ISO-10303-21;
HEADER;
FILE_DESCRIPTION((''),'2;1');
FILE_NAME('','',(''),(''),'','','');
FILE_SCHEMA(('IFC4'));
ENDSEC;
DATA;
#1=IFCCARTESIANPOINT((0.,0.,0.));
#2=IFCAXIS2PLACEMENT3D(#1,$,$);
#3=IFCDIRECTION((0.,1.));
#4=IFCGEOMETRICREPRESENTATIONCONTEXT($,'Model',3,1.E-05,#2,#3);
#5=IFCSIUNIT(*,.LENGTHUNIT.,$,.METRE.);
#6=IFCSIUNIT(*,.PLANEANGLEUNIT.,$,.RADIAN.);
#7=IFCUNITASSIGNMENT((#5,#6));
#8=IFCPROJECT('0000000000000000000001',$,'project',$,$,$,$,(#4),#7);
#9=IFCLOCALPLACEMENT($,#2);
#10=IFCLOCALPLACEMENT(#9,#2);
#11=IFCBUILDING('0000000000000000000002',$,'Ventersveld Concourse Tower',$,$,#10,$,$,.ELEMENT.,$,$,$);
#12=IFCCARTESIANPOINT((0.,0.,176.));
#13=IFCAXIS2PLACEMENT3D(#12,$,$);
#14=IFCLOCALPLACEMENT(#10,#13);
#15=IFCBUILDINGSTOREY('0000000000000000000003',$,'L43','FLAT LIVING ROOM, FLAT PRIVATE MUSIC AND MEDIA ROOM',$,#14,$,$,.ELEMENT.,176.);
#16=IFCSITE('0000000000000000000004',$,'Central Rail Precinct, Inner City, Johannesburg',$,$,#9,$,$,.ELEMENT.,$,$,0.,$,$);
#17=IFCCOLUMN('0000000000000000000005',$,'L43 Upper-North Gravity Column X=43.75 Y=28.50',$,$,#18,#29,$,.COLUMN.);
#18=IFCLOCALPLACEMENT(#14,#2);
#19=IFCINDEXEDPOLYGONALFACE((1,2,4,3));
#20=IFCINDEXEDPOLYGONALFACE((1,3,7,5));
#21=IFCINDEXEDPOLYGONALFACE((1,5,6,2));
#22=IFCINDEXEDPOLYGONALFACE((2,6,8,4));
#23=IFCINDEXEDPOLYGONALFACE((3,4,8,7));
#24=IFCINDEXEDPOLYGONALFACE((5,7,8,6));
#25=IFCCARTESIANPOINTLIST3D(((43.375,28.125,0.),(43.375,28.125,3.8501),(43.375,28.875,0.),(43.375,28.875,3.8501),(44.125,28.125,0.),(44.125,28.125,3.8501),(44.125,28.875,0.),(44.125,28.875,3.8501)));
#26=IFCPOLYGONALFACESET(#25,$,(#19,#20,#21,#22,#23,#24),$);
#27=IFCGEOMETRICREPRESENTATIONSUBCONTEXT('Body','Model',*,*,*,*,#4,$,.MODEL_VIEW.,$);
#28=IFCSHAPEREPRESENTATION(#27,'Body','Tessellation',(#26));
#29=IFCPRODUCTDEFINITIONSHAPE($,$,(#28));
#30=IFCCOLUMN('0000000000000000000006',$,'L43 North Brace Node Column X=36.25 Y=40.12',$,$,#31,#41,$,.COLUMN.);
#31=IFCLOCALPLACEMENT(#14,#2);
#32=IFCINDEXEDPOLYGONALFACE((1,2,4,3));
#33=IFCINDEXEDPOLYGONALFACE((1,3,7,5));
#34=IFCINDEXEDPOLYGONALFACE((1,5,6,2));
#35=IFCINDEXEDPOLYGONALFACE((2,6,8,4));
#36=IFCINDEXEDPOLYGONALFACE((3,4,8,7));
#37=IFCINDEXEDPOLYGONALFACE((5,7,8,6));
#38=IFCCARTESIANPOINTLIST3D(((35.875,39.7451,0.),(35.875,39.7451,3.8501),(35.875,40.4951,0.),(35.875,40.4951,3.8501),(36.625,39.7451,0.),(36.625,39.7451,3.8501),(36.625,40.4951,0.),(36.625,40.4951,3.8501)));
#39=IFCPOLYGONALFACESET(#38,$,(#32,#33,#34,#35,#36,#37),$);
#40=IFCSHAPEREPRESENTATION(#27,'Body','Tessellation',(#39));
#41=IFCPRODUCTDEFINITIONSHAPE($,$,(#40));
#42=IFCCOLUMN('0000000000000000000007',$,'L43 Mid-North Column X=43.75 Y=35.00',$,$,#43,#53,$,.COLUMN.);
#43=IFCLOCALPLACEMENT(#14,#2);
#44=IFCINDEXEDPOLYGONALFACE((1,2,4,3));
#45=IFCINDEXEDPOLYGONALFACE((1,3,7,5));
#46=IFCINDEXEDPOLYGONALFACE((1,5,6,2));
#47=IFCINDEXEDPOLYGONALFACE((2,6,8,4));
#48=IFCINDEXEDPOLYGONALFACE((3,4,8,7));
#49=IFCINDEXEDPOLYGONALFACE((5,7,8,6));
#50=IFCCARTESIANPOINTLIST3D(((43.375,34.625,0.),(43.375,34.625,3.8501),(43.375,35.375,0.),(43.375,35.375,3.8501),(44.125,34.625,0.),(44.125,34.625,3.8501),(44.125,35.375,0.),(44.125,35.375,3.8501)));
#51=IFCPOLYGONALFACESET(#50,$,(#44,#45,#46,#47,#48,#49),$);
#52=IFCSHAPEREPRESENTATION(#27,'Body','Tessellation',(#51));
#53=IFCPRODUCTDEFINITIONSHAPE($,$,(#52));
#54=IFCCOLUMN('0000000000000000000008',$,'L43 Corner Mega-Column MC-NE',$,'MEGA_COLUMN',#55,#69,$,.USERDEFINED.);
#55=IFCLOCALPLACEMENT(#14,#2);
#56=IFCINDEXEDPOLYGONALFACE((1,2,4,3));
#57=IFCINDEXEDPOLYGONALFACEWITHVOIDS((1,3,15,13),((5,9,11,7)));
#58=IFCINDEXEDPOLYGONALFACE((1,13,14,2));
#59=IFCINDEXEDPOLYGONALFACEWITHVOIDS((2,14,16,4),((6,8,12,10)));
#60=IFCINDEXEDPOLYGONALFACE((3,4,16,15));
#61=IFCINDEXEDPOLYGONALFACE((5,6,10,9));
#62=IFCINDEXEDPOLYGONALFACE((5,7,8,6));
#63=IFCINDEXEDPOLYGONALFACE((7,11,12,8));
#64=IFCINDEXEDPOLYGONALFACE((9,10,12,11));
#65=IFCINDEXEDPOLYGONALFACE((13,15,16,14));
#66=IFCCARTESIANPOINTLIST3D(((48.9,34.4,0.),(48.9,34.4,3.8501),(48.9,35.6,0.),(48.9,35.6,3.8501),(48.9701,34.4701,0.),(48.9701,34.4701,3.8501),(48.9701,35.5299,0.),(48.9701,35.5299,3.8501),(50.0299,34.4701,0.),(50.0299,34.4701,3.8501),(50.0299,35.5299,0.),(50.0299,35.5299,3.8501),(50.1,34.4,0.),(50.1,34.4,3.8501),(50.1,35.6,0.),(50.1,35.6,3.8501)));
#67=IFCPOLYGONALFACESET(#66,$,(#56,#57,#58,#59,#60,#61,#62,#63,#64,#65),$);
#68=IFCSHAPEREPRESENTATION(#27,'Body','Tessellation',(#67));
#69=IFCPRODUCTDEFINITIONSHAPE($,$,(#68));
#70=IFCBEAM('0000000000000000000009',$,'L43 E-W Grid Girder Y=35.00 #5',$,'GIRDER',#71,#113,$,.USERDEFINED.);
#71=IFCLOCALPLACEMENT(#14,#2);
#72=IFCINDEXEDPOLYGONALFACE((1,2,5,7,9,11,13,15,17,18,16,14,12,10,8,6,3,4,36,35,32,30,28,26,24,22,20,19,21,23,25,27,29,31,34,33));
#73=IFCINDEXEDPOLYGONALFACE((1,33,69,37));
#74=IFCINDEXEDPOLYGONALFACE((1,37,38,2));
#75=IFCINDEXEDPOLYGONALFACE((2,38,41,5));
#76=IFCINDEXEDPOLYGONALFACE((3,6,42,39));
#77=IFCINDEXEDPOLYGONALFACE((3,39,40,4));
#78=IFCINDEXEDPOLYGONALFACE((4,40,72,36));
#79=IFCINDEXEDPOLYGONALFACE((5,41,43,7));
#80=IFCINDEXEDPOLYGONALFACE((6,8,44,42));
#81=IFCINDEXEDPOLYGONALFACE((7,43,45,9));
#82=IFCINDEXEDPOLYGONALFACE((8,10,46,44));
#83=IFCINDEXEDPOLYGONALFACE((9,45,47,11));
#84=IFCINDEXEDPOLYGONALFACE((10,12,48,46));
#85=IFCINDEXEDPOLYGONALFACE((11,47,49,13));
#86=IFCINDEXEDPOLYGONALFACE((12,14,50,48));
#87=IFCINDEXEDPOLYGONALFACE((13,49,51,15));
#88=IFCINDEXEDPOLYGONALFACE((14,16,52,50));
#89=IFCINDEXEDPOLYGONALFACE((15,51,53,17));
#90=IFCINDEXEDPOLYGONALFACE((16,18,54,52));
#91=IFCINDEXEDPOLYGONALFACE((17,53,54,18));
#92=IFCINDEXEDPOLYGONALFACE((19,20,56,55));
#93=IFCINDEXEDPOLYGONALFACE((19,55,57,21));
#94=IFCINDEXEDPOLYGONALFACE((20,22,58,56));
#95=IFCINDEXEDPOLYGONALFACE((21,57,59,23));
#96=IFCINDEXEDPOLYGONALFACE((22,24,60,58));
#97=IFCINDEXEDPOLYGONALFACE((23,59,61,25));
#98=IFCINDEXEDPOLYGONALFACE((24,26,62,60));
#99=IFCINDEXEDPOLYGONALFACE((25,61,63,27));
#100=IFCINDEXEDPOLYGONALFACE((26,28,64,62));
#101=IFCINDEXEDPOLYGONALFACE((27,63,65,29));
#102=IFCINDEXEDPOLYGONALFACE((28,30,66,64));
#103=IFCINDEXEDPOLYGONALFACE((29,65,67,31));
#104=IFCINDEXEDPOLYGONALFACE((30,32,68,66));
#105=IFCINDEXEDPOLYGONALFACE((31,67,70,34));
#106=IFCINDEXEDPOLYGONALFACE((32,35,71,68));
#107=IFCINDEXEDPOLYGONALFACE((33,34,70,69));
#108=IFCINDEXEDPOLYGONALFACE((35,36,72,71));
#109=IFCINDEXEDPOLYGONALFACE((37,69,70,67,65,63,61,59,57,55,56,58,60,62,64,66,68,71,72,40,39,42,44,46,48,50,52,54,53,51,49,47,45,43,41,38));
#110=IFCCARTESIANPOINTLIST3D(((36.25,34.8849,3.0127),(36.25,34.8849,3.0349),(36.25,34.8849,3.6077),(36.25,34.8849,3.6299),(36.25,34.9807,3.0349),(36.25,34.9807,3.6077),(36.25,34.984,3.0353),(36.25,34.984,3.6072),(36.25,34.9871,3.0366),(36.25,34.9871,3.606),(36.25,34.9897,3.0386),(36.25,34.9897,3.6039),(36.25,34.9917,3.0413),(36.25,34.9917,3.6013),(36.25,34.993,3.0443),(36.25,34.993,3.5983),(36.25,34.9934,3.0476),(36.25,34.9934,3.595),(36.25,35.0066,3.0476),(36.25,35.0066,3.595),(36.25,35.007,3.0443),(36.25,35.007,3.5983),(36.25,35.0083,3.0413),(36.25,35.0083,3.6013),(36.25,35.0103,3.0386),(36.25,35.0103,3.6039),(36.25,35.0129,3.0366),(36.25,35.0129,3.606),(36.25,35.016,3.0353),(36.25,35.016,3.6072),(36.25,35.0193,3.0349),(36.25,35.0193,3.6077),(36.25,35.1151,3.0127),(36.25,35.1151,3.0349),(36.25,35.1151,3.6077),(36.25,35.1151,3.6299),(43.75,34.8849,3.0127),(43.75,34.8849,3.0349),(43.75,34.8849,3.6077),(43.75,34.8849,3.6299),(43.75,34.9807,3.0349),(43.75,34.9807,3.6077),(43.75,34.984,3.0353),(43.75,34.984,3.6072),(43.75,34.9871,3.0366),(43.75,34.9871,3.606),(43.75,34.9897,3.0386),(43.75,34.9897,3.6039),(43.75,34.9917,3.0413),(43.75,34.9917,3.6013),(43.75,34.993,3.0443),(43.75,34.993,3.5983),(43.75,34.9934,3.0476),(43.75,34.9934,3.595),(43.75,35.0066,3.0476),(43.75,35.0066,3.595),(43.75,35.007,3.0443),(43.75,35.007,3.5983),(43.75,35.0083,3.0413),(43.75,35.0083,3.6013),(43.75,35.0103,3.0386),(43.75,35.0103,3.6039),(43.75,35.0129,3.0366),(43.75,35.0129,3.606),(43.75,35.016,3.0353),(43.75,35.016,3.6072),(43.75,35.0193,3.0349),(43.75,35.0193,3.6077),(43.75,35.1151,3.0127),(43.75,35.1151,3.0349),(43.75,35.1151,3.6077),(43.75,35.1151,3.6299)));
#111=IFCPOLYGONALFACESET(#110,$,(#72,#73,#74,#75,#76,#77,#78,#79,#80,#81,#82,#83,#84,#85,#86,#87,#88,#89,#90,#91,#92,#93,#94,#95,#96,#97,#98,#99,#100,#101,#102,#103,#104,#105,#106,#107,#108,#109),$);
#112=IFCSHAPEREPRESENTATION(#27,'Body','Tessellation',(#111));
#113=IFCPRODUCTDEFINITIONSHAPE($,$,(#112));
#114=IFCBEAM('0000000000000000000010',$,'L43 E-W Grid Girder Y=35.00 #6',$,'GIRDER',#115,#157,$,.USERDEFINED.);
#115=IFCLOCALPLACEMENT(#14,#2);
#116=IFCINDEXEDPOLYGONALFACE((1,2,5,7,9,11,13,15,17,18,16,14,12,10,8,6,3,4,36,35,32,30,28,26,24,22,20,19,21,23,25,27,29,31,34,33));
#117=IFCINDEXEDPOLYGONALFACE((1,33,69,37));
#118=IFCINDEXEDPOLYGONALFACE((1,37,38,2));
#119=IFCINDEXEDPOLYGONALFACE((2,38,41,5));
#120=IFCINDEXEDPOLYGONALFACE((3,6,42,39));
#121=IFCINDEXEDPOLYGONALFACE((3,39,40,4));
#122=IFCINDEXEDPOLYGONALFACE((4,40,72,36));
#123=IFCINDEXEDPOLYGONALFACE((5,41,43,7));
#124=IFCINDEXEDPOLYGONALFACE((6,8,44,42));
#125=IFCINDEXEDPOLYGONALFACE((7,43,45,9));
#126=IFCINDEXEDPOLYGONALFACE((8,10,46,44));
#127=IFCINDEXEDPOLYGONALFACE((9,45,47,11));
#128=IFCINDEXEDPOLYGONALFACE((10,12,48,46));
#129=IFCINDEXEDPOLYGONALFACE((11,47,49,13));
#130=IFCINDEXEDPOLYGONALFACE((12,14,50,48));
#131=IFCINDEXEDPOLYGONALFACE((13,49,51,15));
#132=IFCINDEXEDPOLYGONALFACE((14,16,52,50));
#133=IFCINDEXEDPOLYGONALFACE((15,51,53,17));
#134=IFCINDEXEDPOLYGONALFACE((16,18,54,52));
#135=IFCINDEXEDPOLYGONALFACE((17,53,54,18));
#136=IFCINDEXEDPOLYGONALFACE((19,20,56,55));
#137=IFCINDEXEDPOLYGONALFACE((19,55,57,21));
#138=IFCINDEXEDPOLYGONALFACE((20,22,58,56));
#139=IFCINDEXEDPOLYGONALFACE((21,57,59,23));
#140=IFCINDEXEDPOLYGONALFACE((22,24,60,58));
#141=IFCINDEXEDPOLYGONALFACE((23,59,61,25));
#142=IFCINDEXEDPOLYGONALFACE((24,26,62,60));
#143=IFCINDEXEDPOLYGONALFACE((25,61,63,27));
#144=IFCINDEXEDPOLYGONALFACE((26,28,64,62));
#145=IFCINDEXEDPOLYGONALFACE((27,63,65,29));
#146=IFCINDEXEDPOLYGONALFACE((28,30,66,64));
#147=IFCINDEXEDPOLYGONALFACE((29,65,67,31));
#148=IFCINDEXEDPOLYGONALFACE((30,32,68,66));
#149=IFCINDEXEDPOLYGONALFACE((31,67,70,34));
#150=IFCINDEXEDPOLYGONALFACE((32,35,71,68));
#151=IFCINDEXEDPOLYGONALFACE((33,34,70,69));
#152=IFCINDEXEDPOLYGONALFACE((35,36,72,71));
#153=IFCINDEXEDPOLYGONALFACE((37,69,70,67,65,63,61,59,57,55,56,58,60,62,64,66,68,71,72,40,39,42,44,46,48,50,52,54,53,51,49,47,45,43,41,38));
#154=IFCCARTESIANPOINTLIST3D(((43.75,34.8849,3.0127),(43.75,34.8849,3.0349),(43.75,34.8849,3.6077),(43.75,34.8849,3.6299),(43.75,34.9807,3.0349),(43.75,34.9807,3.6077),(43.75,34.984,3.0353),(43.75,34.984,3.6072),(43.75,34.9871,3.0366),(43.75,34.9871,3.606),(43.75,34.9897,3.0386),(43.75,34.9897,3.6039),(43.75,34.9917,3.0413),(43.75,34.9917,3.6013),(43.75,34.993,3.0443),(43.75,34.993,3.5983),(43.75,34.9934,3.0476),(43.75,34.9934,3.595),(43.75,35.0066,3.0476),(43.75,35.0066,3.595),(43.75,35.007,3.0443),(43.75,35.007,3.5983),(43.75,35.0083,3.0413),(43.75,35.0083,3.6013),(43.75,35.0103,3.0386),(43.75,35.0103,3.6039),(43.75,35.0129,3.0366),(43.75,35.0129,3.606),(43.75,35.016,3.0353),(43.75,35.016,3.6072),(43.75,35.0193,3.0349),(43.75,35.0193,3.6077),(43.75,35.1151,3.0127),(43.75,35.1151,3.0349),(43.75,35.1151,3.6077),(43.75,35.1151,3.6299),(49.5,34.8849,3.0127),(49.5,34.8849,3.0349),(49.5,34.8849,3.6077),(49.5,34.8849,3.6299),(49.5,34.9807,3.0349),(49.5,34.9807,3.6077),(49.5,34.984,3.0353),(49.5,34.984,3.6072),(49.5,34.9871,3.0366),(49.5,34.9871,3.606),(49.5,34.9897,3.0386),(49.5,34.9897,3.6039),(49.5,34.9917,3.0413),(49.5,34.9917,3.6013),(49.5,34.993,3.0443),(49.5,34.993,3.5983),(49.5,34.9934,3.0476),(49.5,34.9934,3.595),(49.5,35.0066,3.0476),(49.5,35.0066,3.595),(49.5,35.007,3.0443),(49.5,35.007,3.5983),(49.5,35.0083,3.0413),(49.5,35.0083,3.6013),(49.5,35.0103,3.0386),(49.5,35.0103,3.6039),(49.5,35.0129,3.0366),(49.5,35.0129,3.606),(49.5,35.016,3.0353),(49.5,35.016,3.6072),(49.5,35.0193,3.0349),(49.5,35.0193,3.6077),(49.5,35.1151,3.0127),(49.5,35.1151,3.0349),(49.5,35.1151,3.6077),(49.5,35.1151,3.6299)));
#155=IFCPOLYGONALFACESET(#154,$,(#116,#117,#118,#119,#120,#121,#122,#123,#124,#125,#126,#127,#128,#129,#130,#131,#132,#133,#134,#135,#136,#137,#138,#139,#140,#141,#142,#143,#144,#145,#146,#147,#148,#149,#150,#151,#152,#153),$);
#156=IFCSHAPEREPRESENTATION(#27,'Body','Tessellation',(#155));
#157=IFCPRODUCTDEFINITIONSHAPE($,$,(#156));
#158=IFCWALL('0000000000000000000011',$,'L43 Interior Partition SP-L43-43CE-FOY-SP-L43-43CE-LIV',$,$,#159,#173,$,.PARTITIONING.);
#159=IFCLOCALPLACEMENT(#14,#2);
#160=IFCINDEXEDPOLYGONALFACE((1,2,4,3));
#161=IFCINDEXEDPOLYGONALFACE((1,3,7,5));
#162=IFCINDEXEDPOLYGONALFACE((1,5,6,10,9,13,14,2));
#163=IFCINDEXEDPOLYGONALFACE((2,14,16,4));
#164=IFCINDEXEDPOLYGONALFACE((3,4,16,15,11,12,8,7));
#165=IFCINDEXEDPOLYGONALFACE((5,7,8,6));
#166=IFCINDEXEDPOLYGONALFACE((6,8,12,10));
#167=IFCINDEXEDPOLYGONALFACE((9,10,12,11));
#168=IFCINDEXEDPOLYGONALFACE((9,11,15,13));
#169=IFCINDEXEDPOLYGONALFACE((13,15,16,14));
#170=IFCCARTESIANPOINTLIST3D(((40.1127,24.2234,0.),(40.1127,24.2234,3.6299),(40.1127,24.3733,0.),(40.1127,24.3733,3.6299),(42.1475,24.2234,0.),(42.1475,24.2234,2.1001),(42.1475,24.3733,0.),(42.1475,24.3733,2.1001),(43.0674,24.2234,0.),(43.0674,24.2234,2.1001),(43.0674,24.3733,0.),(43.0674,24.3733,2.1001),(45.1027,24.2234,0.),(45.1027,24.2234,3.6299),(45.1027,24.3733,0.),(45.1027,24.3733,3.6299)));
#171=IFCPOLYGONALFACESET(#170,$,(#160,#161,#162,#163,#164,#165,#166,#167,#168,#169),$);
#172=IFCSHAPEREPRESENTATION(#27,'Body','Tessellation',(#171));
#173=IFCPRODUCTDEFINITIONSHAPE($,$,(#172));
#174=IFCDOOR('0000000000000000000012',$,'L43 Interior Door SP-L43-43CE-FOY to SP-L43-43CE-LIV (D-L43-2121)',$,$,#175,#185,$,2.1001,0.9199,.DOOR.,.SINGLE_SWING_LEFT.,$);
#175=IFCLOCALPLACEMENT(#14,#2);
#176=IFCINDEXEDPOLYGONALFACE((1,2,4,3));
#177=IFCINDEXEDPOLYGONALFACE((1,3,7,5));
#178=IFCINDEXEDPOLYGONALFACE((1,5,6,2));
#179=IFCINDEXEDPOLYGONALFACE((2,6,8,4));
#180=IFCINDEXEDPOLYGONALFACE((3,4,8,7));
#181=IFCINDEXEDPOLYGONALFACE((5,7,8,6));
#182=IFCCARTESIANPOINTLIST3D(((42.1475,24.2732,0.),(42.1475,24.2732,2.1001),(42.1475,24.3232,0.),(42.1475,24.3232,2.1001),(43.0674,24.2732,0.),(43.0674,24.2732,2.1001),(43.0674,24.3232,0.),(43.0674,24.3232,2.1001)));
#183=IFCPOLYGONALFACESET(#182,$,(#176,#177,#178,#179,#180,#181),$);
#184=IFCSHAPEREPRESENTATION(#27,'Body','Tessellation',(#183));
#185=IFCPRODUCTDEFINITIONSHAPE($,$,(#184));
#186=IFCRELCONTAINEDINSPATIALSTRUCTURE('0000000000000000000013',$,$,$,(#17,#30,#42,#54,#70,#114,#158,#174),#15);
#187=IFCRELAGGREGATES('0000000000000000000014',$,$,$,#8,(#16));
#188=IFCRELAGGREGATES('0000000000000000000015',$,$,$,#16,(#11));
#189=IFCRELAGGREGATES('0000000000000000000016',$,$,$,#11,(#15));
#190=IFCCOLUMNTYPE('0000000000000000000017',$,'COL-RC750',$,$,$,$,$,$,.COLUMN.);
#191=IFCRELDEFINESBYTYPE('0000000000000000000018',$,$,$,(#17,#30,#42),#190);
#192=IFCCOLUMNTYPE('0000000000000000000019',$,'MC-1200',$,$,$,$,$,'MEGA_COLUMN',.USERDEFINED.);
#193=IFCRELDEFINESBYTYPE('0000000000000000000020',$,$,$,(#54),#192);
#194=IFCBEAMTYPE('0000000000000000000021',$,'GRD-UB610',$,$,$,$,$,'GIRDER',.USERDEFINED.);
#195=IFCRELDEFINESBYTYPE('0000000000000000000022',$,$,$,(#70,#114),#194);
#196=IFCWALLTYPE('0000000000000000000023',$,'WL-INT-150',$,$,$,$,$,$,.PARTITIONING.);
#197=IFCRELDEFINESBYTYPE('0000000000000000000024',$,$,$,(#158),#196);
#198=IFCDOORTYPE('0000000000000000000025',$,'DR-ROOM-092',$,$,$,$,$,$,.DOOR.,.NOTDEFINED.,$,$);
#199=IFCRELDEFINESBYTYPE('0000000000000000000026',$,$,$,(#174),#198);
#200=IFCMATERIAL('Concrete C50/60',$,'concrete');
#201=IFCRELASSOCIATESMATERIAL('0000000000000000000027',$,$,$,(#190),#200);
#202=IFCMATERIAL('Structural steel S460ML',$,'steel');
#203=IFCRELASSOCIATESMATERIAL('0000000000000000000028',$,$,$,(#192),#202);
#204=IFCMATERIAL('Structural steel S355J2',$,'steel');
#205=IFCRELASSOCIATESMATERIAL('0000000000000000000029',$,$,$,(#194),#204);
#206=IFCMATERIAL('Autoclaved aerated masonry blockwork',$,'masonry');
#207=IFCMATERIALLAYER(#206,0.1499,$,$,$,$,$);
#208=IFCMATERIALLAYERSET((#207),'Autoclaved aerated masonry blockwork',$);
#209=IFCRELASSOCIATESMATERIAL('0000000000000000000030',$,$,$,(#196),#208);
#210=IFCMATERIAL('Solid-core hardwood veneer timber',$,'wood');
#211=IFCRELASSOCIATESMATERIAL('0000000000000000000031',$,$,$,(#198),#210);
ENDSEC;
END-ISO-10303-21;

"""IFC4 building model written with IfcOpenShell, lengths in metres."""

from ifc_helpers import new_model, si_unit, direction, frame, frame_2d, origin, origin_2d, place, context, subcontext, project, spatial, rectangle, hollow_rectangle, i_section, extrude, material, layer, layer_set, material_profile, profile_set, type_object, element, fill, save


model = new_model("IFC4")

# Units and contexts
model_context = context("Model", 3, precision=1e-05, world=origin(), true_north=direction((0.0, 1.0)))
body_context = subcontext(model_context, "Body", "Model", "MODEL_VIEW")
ifc_project = project(units=[si_unit("LENGTHUNIT", "METRE"), si_unit("PLANEANGLEUNIT", "RADIAN")], contexts=[model_context])

# Site, building, storey
site_placement = place(None, origin())
site = spatial("IfcSite", under=ifc_project, at=site_placement, Name="Central Rail Precinct, Inner City, Johannesburg", CompositionType="ELEMENT", RefElevation=0.0)
building_placement = place(site_placement, origin())
building = spatial("IfcBuilding", under=site, at=building_placement, Name="Ventersveld Concourse Tower", CompositionType="ELEMENT")
storey_placement = place(building_placement, frame((0.0, 0.0, 176.0)))
storey = spatial("IfcBuildingStorey", under=building, at=storey_placement, Name="L43", Description="FLAT LIVING ROOM, FLAT PRIVATE MUSIC AND MEDIA ROOM", CompositionType="ELEMENT", Elevation=176.0)

# Columns
ifc_material_1 = material(Name="Concrete C50/60", Category="concrete")
ifc_material_profile_1 = material_profile(ifc_material_1, rectangle(XDim=0.75, YDim=0.75, at=origin_2d()), Name="RC 750x750")
ifc_profile_set_1 = profile_set([ifc_material_profile_1], Name="Concrete C50/60")
column_type_1 = type_object("IfcColumnType", Name="COL-RC750", PredefinedType="COLUMN", material=ifc_profile_set_1)
for number, where, z_axis, x_axis, name in (
    (1, (43.75, 28.5, 0.0), (0.0, 0.0, 1.0), (1.0, 0.0, 0.0), "L43 Upper-North Gravity Column X=43.75 Y=28.50"),
    (2, (36.25, 40.1201, 0.0), (0.0, 0.0, 1.0), (1.0, 0.0, 0.0), "L43 North Brace Node Column X=36.25 Y=40.12"),
    (3, (43.75, 35.0, 0.0), (0.0, 0.0, 1.0), (1.0, 0.0, 0.0), "L43 Mid-North Column X=43.75 Y=35.00"),
):
    element("IfcColumn", number, at=place(storey_placement, frame(where, z_axis=z_axis, x_axis=x_axis)), inside=storey, type_object=column_type_1, Name=name, PredefinedType="COLUMN", context=body_context, shape_type="SweptSolid", body=[
        extrude(rectangle(XDim=0.75, YDim=0.75, at=origin_2d()), origin(), (0.0, 0.0, 1.0), 3.8501),
    ])
ifc_material_2 = material(Name="Structural steel S460ML", Category="steel")
ifc_material_profile_2 = material_profile(ifc_material_2, hollow_rectangle(XDim=1.2, YDim=1.2, WallThickness=0.0701, at=origin_2d()), Name="BOX 1200x1200x70")
ifc_profile_set_2 = profile_set([ifc_material_profile_2], Name="Structural steel S460ML")
column_type_2 = type_object("IfcColumnType", Name="MC-1200", ElementType="MEGA_COLUMN", PredefinedType="USERDEFINED", material=ifc_profile_set_2)
column_placement = place(storey_placement, frame((49.5, 35.0, 0.0), z_axis=(0.0, 0.0, 1.0), x_axis=(1.0, 0.0, 0.0)))
element("IfcColumn", 4, at=column_placement, inside=storey, type_object=column_type_2, Name="L43 Corner Mega-Column MC-NE", ObjectType="MEGA_COLUMN", PredefinedType="USERDEFINED", context=body_context, shape_type="SweptSolid", body=[
    extrude(hollow_rectangle(XDim=1.2, YDim=1.2, WallThickness=0.0701, at=origin_2d()), origin(), (0.0, 0.0, 1.0), 3.8501),
])

# Beams
ifc_material_3 = material(Name="Structural steel S355J2", Category="steel")
ifc_material_profile_3 = material_profile(ifc_material_3, i_section(OverallWidth=0.2302, OverallDepth=0.6172, WebThickness=0.0132, FlangeThickness=0.0222, FilletRadius=0.0127, at=origin_2d()), Name="UB 610x229x140")
ifc_profile_set_3 = profile_set([ifc_material_profile_3], Name="Structural steel S355J2")
beam_type = type_object("IfcBeamType", Name="GRD-UB610", ElementType="GIRDER", PredefinedType="USERDEFINED", material=ifc_profile_set_3)
beam_1_placement = place(storey_placement, frame((36.25, 35.0, 3.3213), z_axis=(1.0, 0.0, 0.0), x_axis=(0.0, 1.0, 0.0)))
element("IfcBeam", 5, at=beam_1_placement, inside=storey, type_object=beam_type, Name="L43 E-W Grid Girder Y=35.00 #5", ObjectType="GIRDER", PredefinedType="USERDEFINED", context=body_context, shape_type="SweptSolid", body=[
    extrude(i_section(OverallWidth=0.2302, OverallDepth=0.6172, WebThickness=0.0132, FlangeThickness=0.0222, FilletRadius=0.0127, at=origin_2d()), origin(), (0.0, 0.0, 1.0), 7.5),
])
beam_2_placement = place(storey_placement, frame((43.75, 35.0, 3.3213), z_axis=(1.0, 0.0, 0.0), x_axis=(0.0, 1.0, 0.0)))
element("IfcBeam", 6, at=beam_2_placement, inside=storey, type_object=beam_type, Name="L43 E-W Grid Girder Y=35.00 #6", ObjectType="GIRDER", PredefinedType="USERDEFINED", context=body_context, shape_type="SweptSolid", body=[
    extrude(i_section(OverallWidth=0.2302, OverallDepth=0.6172, WebThickness=0.0132, FlangeThickness=0.0222, FilletRadius=0.0127, at=origin_2d()), origin(), (0.0, 0.0, 1.0), 5.75),
])

# Wall, opening, door
ifc_material_4 = material(Name="Autoclaved aerated masonry blockwork", Category="masonry")
ifc_layer_1 = layer(ifc_material_4, 0.1499)
ifc_layer_set_1 = layer_set([ifc_layer_1], Name="Autoclaved aerated masonry blockwork")
wall_type_1 = type_object("IfcWallType", Name="WL-INT-150", PredefinedType="PARTITIONING", material=ifc_layer_set_1)
wall_1_placement = place(storey_placement, frame((40.1125, 24.2983, 0.0), z_axis=(0.0, 0.0, 1.0), x_axis=(1.0, 0.0, 0.0)))
wall_1 = element("IfcWall", 7, at=wall_1_placement, inside=storey, type_object=wall_type_1, Name="L43 Interior Partition SP-L43-43CE-FOY-SP-L43-43CE-LIV", PredefinedType="PARTITIONING", context=body_context, shape_type="SweptSolid", body=[
    extrude(rectangle(XDim=4.99, YDim=0.1499, at=frame_2d((2.4951, 0.0))), origin(), (0.0, 0.0, 1.0), 3.6299),
])
opening_1_placement = place(wall_1_placement, frame((2.0349, 0.0, 0.0)))
opening_1 = element("IfcOpeningElement", 8, at=opening_1_placement, cuts=wall_1, PredefinedType="OPENING", context=body_context, shape_type="SweptSolid", body=[
    extrude(rectangle(XDim=0.9199, YDim=2.1001, at=frame_2d((0.46, 1.05))), frame((0.0, 0.085, 0.0), z_axis=(0.0, -1.0, 0.0), x_axis=(1.0, 0.0, 0.0)), (0.0, 0.0, 1.0), 0.1699),
])
ifc_material_5 = material(Name="Solid-core hardwood veneer timber", Category="wood")
door_type = type_object("IfcDoorType", Name="DR-ROOM-092", OperationType="NOTDEFINED", PredefinedType="DOOR", material=ifc_material_5)
door_1_placement = place(opening_1_placement, origin())
door_1 = element("IfcDoor", 9, at=door_1_placement, inside=storey, type_object=door_type, Name="L43 Interior Door SP-L43-43CE-FOY to SP-L43-43CE-LIV (D-L43-2121)", OperationType="SINGLE_SWING_LEFT", OverallHeight=2.1001, OverallWidth=0.9199, PredefinedType="DOOR", context=body_context, shape_type="SweptSolid", body=[
    extrude(rectangle(XDim=0.9199, YDim=2.1001, at=frame_2d((0.46, 1.05))), frame((0.0, 0.0249, 0.0), z_axis=(0.0, -1.0, 0.0), x_axis=(1.0, 0.0, 0.0)), (0.0, 0.0, 1.0), 0.05),
])
fill(opening_1, door_1)

save(model, "model.ifc")
